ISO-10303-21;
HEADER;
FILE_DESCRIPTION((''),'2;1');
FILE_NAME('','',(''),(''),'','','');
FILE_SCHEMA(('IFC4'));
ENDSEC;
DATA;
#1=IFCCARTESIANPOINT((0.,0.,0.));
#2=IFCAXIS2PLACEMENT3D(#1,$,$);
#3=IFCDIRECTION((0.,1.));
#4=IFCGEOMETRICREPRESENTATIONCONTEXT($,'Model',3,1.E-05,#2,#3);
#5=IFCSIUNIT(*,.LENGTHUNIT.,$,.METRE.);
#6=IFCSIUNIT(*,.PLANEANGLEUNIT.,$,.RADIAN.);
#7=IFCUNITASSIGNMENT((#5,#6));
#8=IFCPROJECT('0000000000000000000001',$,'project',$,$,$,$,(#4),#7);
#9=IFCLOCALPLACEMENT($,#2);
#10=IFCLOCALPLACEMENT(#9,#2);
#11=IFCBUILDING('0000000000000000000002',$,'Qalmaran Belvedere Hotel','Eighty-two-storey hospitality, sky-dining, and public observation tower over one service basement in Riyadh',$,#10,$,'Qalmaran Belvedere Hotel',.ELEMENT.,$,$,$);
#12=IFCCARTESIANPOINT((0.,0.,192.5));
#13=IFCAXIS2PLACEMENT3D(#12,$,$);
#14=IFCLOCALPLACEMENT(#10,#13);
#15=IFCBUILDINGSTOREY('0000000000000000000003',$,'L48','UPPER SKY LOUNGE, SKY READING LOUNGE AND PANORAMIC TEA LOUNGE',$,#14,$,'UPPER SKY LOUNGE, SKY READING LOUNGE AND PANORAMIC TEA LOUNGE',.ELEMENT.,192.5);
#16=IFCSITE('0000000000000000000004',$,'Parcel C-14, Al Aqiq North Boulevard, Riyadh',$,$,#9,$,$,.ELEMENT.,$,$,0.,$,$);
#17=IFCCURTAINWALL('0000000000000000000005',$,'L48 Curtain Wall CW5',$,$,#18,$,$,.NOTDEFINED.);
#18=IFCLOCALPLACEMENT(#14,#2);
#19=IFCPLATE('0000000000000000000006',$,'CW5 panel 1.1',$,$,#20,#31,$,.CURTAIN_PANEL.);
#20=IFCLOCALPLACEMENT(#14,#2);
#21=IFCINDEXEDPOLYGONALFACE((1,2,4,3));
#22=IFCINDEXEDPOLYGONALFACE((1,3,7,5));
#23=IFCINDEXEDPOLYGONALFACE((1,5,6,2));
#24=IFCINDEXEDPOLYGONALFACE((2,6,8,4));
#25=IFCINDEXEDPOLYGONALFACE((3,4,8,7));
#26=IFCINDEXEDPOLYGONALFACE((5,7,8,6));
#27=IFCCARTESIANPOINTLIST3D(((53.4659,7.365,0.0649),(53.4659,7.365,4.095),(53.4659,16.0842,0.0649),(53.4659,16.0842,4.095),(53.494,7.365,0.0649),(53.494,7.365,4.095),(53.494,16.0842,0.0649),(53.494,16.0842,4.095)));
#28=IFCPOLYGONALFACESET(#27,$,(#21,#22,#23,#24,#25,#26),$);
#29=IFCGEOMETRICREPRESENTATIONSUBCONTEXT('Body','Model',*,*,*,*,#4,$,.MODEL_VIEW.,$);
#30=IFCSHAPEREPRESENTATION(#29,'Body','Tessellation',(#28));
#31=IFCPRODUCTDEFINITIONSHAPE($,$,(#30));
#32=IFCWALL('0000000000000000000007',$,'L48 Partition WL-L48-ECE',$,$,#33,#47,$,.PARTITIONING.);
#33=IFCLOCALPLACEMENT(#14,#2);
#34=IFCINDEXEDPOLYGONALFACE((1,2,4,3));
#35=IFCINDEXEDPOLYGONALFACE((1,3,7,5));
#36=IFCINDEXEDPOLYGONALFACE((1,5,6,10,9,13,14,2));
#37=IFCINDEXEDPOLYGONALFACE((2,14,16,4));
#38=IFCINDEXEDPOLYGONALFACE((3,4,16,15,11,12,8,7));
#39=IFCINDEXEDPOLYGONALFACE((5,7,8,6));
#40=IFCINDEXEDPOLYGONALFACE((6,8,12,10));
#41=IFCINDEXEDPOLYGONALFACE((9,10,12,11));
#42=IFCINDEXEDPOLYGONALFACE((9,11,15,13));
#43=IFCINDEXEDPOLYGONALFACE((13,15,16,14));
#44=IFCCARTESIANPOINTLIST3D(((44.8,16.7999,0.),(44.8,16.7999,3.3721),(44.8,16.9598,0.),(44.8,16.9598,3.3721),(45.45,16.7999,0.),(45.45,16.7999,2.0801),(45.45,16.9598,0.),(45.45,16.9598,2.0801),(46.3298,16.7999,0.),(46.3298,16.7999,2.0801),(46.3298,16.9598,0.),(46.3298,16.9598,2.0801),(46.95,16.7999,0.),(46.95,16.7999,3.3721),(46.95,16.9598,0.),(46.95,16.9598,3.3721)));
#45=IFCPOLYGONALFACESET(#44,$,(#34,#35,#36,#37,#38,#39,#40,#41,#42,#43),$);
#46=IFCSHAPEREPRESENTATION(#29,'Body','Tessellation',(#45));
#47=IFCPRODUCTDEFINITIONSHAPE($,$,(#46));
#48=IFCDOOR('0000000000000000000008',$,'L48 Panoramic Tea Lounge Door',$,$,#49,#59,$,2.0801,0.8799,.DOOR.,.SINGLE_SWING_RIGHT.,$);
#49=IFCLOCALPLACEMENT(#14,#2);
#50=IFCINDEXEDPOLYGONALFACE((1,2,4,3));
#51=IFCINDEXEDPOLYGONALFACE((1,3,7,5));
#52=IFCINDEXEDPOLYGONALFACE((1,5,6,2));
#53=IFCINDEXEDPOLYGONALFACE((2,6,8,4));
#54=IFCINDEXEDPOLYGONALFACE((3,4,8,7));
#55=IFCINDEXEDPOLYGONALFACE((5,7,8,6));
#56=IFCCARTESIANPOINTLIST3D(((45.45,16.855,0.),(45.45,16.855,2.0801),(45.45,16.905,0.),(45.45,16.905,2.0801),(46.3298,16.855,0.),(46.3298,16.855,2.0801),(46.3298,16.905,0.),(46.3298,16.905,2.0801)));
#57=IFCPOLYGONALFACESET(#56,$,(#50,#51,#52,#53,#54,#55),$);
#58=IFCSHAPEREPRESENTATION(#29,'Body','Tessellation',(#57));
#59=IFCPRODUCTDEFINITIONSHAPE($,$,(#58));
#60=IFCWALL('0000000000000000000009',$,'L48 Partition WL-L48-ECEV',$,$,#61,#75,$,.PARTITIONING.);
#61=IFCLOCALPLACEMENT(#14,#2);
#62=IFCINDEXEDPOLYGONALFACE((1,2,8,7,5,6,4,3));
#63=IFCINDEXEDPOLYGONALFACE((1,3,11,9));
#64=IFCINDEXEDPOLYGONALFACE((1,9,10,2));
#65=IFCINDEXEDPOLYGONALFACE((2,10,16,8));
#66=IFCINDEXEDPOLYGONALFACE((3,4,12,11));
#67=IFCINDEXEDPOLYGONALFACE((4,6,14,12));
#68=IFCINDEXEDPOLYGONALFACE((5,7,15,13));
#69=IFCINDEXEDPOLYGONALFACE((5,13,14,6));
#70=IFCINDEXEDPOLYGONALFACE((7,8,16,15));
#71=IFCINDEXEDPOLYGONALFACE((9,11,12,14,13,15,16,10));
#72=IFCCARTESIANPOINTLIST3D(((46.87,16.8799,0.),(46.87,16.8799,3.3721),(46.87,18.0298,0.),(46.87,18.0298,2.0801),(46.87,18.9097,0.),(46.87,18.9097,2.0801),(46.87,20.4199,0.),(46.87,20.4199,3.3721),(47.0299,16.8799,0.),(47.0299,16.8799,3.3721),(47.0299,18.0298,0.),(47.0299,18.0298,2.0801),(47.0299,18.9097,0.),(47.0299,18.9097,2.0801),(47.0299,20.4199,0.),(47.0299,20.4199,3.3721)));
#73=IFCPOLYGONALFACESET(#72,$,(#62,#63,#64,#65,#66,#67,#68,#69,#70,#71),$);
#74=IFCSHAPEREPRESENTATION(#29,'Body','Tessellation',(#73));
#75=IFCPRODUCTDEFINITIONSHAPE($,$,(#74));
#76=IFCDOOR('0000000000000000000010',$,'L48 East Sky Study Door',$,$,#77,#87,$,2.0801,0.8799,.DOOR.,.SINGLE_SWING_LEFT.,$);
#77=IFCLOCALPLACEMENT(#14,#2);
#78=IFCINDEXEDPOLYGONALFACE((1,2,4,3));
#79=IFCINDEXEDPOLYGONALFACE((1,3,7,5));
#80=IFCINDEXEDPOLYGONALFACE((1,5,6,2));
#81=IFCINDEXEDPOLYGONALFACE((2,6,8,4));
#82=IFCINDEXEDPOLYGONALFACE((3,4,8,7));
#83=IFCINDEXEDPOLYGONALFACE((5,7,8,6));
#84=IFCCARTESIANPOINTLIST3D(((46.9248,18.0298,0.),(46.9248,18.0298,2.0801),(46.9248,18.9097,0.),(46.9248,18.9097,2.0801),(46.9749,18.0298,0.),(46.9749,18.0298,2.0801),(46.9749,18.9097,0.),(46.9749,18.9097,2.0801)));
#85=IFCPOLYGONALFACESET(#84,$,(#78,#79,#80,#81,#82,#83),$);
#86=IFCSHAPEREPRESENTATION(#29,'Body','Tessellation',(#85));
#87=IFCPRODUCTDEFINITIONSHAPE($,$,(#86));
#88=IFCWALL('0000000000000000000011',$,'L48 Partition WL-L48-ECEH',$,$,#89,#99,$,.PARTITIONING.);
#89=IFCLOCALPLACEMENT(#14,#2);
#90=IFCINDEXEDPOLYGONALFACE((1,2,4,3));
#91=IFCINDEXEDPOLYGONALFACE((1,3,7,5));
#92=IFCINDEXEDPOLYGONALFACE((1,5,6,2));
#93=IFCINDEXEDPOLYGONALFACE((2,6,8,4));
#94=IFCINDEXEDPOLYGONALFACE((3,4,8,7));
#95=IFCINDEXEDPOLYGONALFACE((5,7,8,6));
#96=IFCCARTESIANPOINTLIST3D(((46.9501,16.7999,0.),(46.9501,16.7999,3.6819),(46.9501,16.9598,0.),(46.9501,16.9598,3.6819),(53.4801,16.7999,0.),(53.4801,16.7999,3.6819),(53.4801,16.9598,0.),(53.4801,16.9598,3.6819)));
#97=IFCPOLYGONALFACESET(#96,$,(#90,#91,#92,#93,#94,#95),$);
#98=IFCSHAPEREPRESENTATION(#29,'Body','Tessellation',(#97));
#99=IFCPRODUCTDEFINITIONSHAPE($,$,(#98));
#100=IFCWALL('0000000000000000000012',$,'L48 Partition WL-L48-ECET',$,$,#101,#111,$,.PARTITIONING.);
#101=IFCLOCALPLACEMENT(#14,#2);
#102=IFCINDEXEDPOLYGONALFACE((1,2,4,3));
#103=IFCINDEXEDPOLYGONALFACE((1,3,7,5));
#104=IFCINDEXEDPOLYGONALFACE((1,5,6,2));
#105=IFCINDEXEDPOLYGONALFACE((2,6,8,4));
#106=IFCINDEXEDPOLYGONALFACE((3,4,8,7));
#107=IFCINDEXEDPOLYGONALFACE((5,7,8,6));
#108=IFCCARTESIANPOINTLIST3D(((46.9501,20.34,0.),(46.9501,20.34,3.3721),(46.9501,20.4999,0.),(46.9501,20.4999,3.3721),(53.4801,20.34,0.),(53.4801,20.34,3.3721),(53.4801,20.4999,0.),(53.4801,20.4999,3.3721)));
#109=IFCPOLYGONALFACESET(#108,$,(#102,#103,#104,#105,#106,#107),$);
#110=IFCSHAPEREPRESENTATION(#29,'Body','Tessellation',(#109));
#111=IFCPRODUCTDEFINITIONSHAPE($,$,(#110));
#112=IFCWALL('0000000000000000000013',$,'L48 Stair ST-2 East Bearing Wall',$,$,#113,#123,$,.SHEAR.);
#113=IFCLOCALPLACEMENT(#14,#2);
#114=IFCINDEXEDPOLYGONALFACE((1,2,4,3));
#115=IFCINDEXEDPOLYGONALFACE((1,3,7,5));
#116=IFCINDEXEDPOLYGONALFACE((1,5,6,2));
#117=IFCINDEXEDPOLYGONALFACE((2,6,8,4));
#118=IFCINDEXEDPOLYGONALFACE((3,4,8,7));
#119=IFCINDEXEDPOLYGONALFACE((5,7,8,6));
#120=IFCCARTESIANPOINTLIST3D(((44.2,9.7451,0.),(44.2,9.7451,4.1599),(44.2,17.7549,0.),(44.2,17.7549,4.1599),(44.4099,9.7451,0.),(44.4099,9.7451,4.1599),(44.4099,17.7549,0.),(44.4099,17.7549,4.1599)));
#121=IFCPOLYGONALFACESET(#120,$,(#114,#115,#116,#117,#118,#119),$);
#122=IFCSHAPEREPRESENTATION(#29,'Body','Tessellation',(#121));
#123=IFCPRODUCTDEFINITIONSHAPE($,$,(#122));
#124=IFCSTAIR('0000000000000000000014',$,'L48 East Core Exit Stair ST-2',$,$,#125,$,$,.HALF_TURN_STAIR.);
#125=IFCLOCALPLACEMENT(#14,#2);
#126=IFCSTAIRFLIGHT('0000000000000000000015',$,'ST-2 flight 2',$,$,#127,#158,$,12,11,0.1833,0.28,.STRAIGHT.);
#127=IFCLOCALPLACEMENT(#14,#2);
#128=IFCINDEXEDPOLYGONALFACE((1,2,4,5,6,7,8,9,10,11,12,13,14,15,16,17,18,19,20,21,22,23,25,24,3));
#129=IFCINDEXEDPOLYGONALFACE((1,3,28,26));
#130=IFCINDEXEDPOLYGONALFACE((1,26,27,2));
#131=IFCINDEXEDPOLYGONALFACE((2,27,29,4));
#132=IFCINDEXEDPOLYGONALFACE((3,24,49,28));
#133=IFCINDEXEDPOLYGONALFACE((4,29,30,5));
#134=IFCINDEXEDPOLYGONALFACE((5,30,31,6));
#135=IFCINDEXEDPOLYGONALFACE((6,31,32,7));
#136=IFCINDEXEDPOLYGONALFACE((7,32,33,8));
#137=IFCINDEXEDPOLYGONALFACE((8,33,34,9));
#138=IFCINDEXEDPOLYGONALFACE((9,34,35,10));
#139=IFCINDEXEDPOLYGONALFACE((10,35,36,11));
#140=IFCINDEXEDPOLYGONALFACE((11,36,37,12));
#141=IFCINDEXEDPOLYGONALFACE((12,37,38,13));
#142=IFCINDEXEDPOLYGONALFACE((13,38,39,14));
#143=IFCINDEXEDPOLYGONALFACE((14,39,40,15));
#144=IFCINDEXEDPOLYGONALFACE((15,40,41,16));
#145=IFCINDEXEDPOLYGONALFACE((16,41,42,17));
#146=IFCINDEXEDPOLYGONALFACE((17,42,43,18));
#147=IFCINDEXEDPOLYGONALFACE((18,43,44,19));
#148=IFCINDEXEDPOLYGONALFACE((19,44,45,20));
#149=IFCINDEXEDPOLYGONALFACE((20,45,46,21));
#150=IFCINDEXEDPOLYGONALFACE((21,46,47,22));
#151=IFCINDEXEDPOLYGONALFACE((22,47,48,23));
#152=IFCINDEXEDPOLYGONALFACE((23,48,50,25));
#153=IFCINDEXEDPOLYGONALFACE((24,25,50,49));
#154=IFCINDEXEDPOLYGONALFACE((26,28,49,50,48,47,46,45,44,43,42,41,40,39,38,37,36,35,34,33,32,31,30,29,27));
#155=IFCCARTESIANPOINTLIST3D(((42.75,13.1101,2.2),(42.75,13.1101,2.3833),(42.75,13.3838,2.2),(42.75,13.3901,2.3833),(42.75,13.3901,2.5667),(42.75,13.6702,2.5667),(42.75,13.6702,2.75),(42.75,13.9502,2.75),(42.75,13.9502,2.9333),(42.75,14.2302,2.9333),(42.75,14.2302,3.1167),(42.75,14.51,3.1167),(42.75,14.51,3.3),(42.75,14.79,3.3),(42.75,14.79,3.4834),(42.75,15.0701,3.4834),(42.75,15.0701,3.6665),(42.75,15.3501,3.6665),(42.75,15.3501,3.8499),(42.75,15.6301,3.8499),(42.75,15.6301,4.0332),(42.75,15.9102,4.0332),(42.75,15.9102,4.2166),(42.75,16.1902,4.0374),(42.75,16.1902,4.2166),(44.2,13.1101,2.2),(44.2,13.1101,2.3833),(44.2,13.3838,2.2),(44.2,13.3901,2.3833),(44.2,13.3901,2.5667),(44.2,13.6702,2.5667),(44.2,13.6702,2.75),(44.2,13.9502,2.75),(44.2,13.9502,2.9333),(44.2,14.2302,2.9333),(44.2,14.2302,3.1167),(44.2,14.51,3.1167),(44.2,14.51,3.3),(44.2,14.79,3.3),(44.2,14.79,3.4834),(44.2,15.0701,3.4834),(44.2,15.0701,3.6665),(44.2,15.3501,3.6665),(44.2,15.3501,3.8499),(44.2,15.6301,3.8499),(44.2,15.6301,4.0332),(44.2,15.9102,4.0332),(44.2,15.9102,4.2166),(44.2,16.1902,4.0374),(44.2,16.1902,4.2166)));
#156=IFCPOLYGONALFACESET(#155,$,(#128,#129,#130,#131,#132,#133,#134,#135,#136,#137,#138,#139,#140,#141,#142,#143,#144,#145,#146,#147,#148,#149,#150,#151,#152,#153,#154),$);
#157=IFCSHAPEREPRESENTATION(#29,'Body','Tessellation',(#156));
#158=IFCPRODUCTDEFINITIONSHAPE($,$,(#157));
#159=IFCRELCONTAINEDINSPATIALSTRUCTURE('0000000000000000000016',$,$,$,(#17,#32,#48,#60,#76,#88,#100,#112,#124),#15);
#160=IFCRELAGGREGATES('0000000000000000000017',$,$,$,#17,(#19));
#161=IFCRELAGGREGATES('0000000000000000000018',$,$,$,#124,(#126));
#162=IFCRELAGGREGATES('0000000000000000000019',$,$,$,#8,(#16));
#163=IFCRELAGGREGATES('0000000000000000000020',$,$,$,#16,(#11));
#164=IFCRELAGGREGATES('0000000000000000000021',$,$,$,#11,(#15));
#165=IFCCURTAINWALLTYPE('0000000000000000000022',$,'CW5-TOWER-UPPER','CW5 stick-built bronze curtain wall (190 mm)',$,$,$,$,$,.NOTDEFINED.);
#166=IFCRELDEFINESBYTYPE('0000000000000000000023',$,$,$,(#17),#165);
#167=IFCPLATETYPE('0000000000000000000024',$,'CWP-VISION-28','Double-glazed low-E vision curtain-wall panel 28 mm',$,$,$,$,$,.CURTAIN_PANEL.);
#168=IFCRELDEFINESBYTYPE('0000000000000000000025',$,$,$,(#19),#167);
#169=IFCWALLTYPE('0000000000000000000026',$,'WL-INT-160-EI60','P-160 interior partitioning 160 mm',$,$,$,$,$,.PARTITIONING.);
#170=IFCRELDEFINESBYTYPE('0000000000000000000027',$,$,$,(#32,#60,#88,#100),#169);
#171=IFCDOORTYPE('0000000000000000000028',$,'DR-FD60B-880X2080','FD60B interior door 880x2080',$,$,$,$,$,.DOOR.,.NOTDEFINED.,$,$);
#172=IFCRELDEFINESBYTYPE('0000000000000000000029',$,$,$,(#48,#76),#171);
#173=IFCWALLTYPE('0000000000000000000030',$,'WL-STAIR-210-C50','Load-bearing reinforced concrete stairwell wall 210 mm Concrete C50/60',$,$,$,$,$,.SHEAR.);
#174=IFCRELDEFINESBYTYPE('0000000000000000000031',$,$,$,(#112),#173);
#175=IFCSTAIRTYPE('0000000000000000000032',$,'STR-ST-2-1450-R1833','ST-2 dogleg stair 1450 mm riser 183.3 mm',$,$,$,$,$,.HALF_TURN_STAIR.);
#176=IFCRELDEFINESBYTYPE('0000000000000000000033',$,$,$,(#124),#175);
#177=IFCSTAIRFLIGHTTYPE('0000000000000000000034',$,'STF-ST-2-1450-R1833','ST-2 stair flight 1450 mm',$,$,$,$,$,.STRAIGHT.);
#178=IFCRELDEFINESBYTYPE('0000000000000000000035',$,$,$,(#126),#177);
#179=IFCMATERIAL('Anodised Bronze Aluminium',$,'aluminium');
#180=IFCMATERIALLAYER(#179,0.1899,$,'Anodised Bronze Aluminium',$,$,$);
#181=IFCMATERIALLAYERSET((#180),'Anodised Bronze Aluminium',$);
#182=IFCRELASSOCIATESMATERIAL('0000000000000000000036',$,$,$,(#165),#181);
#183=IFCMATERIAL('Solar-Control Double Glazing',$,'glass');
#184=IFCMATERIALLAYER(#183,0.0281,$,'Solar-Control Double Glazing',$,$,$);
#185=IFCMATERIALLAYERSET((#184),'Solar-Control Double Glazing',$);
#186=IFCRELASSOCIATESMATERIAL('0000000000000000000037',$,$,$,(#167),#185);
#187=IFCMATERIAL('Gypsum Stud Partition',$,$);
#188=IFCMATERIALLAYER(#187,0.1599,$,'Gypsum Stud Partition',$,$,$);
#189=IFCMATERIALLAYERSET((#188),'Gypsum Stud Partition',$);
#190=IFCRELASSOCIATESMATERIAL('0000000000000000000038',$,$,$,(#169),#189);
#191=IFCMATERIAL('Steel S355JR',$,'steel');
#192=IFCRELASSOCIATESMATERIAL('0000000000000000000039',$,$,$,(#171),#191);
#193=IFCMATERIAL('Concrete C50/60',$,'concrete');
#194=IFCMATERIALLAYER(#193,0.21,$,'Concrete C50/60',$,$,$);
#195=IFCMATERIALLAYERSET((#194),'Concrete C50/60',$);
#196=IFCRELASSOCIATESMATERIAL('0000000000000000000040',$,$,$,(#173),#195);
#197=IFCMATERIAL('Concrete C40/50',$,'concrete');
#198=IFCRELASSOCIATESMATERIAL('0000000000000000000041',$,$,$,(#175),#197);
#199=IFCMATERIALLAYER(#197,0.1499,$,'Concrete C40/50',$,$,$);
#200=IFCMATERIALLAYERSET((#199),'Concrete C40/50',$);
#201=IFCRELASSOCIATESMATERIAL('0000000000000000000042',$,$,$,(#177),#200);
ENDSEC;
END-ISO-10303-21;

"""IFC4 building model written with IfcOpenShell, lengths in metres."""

from ifc_helpers import new_model, si_unit, direction, frame, frame_2d, origin, origin_2d, place, context, subcontext, project, spatial, polyline, rectangle, outline, extrude, material, layer, layer_set, type_object, element, fill, aggregate, save


model = new_model("IFC4")

# Units and contexts
model_context = context("Model", 3, precision=1e-05, world=origin(), true_north=direction((0.0, 1.0)))
body_context = subcontext(model_context, "Body", "Model", "MODEL_VIEW")
ifc_project = project(units=[si_unit("LENGTHUNIT", "METRE"), si_unit("PLANEANGLEUNIT", "RADIAN")], contexts=[model_context])

# Site, building, storey
site_placement = place(None, origin())
site = spatial("IfcSite", under=ifc_project, at=site_placement, Name="Parcel C-14, Al Aqiq North Boulevard, Riyadh", CompositionType="ELEMENT", RefElevation=0.0)
building_placement = place(site_placement, origin())
building = spatial("IfcBuilding", under=site, at=building_placement, Name="Qalmaran Belvedere Hotel", Description="Eighty-two-storey hospitality, sky-dining, and public observation tower over one service basement in Riyadh", LongName="Qalmaran Belvedere Hotel", CompositionType="ELEMENT")
storey_placement = place(building_placement, frame((0.0, 0.0, 192.5)))
storey = spatial("IfcBuildingStorey", under=building, at=storey_placement, Name="L48", Description="UPPER SKY LOUNGE, SKY READING LOUNGE AND PANORAMIC TEA LOUNGE", LongName="UPPER SKY LOUNGE, SKY READING LOUNGE AND PANORAMIC TEA LOUNGE", CompositionType="ELEMENT", Elevation=192.5)

# Shared definitions
ifc_material_1 = material(Name="Steel S355JR", Category="steel")

# Curtain wall, plate
ifc_material_2 = material(Name="Anodised Bronze Aluminium", Category="aluminium")
ifc_layer_1 = layer(ifc_material_2, 0.1899, Name="Anodised Bronze Aluminium")
ifc_layer_set_1 = layer_set([ifc_layer_1], Name="Anodised Bronze Aluminium")
curtain_wall_type = type_object("IfcCurtainWallType", Name="CW5-TOWER-UPPER", Description="CW5 stick-built bronze curtain wall (190 mm)", PredefinedType="NOTDEFINED", material=ifc_layer_set_1)
curtain_wall_placement = place(storey_placement, origin())
curtain_wall = element("IfcCurtainWall", 1, at=curtain_wall_placement, inside=storey, type_object=curtain_wall_type, Name="L48 Curtain Wall CW5", PredefinedType="NOTDEFINED")
ifc_material_3 = material(Name="Solar-Control Double Glazing", Category="glass")
ifc_layer_2 = layer(ifc_material_3, 0.0281, Name="Solar-Control Double Glazing")
ifc_layer_set_2 = layer_set([ifc_layer_2], Name="Solar-Control Double Glazing")
plate_type = type_object("IfcPlateType", Name="CWP-VISION-28", Description="Double-glazed low-E vision curtain-wall panel 28 mm", PredefinedType="CURTAIN_PANEL", material=ifc_layer_set_2)
plate_placement = place(storey_placement, frame((53.48, 11.7246, 0.0649), z_axis=(0.0, 0.0, 1.0), x_axis=(0.0, 1.0, 0.0)))
plate = element("IfcPlate", 2, at=plate_placement, type_object=plate_type, Name="CW5 panel 1.1", PredefinedType="CURTAIN_PANEL", context=body_context, shape_type="SweptSolid", body=[
    extrude(rectangle(XDim=8.7192, YDim=0.0281, at=origin_2d()), origin(), (0.0, 0.0, 1.0), 4.03),
])
aggregate(curtain_wall, [plate])

# Walls, openings, doors
ifc_material_4 = material(Name="Gypsum Stud Partition")
ifc_layer_3 = layer(ifc_material_4, 0.1599, Name="Gypsum Stud Partition")
ifc_layer_set_3 = layer_set([ifc_layer_3], Name="Gypsum Stud Partition")
wall_type_1 = type_object("IfcWallType", Name="WL-INT-160-EI60", Description="P-160 interior partitioning 160 mm", PredefinedType="PARTITIONING", material=ifc_layer_set_3)
wall_1_placement = place(storey_placement, frame((44.8, 16.8799, 0.0), z_axis=(0.0, 0.0, 1.0), x_axis=(1.0, 0.0, 0.0)))
wall_1 = element("IfcWall", 3, at=wall_1_placement, inside=storey, type_object=wall_type_1, Name="L48 Partition WL-L48-ECE", PredefinedType="PARTITIONING", context=body_context, shape_type="SweptSolid", body=[
    extrude(rectangle(XDim=2.1499, YDim=0.1599, at=frame_2d((1.075, 0.0))), origin(), (0.0, 0.0, 1.0), 3.3721),
])
opening_1_placement = place(wall_1_placement, frame((1.5298, 0.0, 0.0), z_axis=(0.0, 0.0, 1.0), x_axis=(-1.0, 0.0, 0.0)))
opening_1 = element("IfcOpeningElement", 4, at=opening_1_placement, cuts=wall_1, PredefinedType="OPENING", context=body_context, shape_type="SweptSolid", body=[
    extrude(rectangle(XDim=0.8799, YDim=2.0801, at=frame_2d((0.4399, 1.04))), frame((0.0, 0.0898, 0.0), z_axis=(0.0, -1.0, 0.0), x_axis=(1.0, 0.0, 0.0)), (0.0, 0.0, 1.0), 0.1799),
])
door_type = type_object("IfcDoorType", Name="DR-FD60B-880X2080", Description="FD60B interior door 880x2080", OperationType="NOTDEFINED", PredefinedType="DOOR", material=ifc_material_1)
door_1_placement = place(opening_1_placement, origin())
door_1 = element("IfcDoor", 5, at=door_1_placement, inside=storey, type_object=door_type, Name="L48 Panoramic Tea Lounge Door", OperationType="SINGLE_SWING_RIGHT", OverallHeight=2.0801, OverallWidth=0.8799, PredefinedType="DOOR", context=body_context, shape_type="SweptSolid", body=[
    extrude(rectangle(XDim=0.8799, YDim=2.0801, at=frame_2d((0.4399, 1.04))), frame((0.0, 0.0249, 0.0), z_axis=(0.0, -1.0, 0.0), x_axis=(1.0, 0.0, 0.0)), (0.0, 0.0, 1.0), 0.05),
])
fill(opening_1, door_1)
wall_2_placement = place(storey_placement, frame((46.95, 16.8799, 0.0), z_axis=(0.0, 0.0, 1.0), x_axis=(0.0, 1.0, 0.0)))
wall_2 = element("IfcWall", 6, at=wall_2_placement, inside=storey, type_object=wall_type_1, Name="L48 Partition WL-L48-ECEV", PredefinedType="PARTITIONING", context=body_context, shape_type="SweptSolid", body=[
    extrude(rectangle(XDim=3.54, YDim=0.1599, at=frame_2d((1.77, 0.0))), origin(), (0.0, 0.0, 1.0), 3.3721),
])
opening_2_placement = place(wall_2_placement, frame((2.0298, 0.0, 0.0), z_axis=(0.0, 0.0, 1.0), x_axis=(-1.0, 0.0, 0.0)))
opening_2 = element("IfcOpeningElement", 7, at=opening_2_placement, cuts=wall_2, PredefinedType="OPENING", context=body_context, shape_type="SweptSolid", body=[
    extrude(rectangle(XDim=0.8799, YDim=2.0801, at=frame_2d((0.4399, 1.04))), frame((0.0, 0.0898, 0.0), z_axis=(0.0, -1.0, 0.0), x_axis=(1.0, 0.0, 0.0)), (0.0, 0.0, 1.0), 0.1799),
])
door_2_placement = place(opening_2_placement, origin())
door_2 = element("IfcDoor", 8, at=door_2_placement, inside=storey, type_object=door_type, Name="L48 East Sky Study Door", OperationType="SINGLE_SWING_LEFT", OverallHeight=2.0801, OverallWidth=0.8799, PredefinedType="DOOR", context=body_context, shape_type="SweptSolid", body=[
    extrude(rectangle(XDim=0.8799, YDim=2.0801, at=frame_2d((0.4399, 1.04))), frame((0.0, 0.0249, 0.0), z_axis=(0.0, -1.0, 0.0), x_axis=(1.0, 0.0, 0.0)), (0.0, 0.0, 1.0), 0.05),
])
fill(opening_2, door_2)

# Walls
wall_3_placement = place(storey_placement, frame((46.95, 16.8799, 0.0), z_axis=(0.0, 0.0, 1.0), x_axis=(1.0, 0.0, 0.0)))
element("IfcWall", 9, at=wall_3_placement, inside=storey, type_object=wall_type_1, Name="L48 Partition WL-L48-ECEH", PredefinedType="PARTITIONING", context=body_context, shape_type="SweptSolid", body=[
    extrude(rectangle(XDim=6.53, YDim=0.1599, at=frame_2d((3.2651, 0.0))), origin(), (0.0, 0.0, 1.0), 3.6819),
])
wall_4_placement = place(storey_placement, frame((46.95, 20.4199, 0.0), z_axis=(0.0, 0.0, 1.0), x_axis=(1.0, 0.0, 0.0)))
element("IfcWall", 10, at=wall_4_placement, inside=storey, type_object=wall_type_1, Name="L48 Partition WL-L48-ECET", PredefinedType="PARTITIONING", context=body_context, shape_type="SweptSolid", body=[
    extrude(rectangle(XDim=6.53, YDim=0.1599, at=frame_2d((3.2651, 0.0))), origin(), (0.0, 0.0, 1.0), 3.3721),
])
ifc_material_5 = material(Name="Concrete C50/60", Category="concrete")
ifc_layer_4 = layer(ifc_material_5, 0.21, Name="Concrete C50/60")
ifc_layer_set_4 = layer_set([ifc_layer_4], Name="Concrete C50/60")
wall_type_2 = type_object("IfcWallType", Name="WL-STAIR-210-C50", Description="Load-bearing reinforced concrete stairwell wall 210 mm Concrete C50/60", PredefinedType="SHEAR", material=ifc_layer_set_4)
wall_5_placement = place(storey_placement, frame((44.3049, 9.7451, 0.0), z_axis=(0.0, 0.0, 1.0), x_axis=(0.0, 1.0, 0.0)))
element("IfcWall", 11, at=wall_5_placement, inside=storey, type_object=wall_type_2, Name="L48 Stair ST-2 East Bearing Wall", PredefinedType="SHEAR", context=body_context, shape_type="SweptSolid", body=[
    extrude(rectangle(XDim=8.0098, YDim=0.21, at=frame_2d((4.0049, 0.0))), origin(), (0.0, 0.0, 1.0), 4.1599),
])

# Stair, stair flight
ifc_material_6 = material(Name="Concrete C40/50", Category="concrete")
stair_type = type_object("IfcStairType", Name="STR-ST-2-1450-R1833", Description="ST-2 dogleg stair 1450 mm riser 183.3 mm", PredefinedType="HALF_TURN_STAIR", material=ifc_material_6)
stair_placement = place(storey_placement, origin())
stair = element("IfcStair", 12, at=stair_placement, inside=storey, type_object=stair_type, Name="L48 East Core Exit Stair ST-2", PredefinedType="HALF_TURN_STAIR")
ifc_layer_5 = layer(ifc_material_6, 0.1499, Name="Concrete C40/50")
ifc_layer_set_5 = layer_set([ifc_layer_5], Name="Concrete C40/50")
stair_flight_type = type_object("IfcStairFlightType", Name="STF-ST-2-1450-R1833", Description="ST-2 stair flight 1450 mm", PredefinedType="STRAIGHT", material=ifc_layer_set_5)
stair_flight_placement = place(storey_placement, frame((43.4751, 13.1101, 2.2), z_axis=(0.0, 0.0, 1.0), x_axis=(0.0, 1.0, 0.0)))
stair_flight = element("IfcStairFlight", 13, at=stair_flight_placement, type_object=stair_flight_type, Name="ST-2 flight 2", NumberOfRisers=12, NumberOfTreads=11, PredefinedType="STRAIGHT", RiserHeight=0.1833, TreadLength=0.28, context=body_context, shape_type="SweptSolid", body=[
    extrude(outline(polyline([(0.0, 0.0), (0.0, 0.1833), (0.28, 0.1833), (0.28, 0.3667), (0.5601, 0.3667), (0.5601, 0.55), (0.8401, 0.55), (0.8401, 0.7334), (1.1201, 0.7334), (1.1201, 0.9167), (1.3999, 0.9167), (1.3999, 1.1001), (1.6799, 1.1001), (1.6799, 1.2834), (1.96, 1.2834), (1.96, 1.4666), (2.24, 1.4666), (2.24, 1.6499), (2.52, 1.6499), (2.52, 1.8333), (2.8, 1.8333), (2.8, 2.0166), (3.0801, 2.0166), (3.0801, 2.2), (3.0801, 1.8374), (0.2737, 0.0), (0.0, 0.0)])), frame((0.0, 0.7251, 0.0), z_axis=(0.0, -1.0, 0.0), x_axis=(1.0, 0.0, 0.0)), (0.0, 0.0, 1.0), 1.45),
])
aggregate(stair, [stair_flight])

save(model, "model.ifc")
